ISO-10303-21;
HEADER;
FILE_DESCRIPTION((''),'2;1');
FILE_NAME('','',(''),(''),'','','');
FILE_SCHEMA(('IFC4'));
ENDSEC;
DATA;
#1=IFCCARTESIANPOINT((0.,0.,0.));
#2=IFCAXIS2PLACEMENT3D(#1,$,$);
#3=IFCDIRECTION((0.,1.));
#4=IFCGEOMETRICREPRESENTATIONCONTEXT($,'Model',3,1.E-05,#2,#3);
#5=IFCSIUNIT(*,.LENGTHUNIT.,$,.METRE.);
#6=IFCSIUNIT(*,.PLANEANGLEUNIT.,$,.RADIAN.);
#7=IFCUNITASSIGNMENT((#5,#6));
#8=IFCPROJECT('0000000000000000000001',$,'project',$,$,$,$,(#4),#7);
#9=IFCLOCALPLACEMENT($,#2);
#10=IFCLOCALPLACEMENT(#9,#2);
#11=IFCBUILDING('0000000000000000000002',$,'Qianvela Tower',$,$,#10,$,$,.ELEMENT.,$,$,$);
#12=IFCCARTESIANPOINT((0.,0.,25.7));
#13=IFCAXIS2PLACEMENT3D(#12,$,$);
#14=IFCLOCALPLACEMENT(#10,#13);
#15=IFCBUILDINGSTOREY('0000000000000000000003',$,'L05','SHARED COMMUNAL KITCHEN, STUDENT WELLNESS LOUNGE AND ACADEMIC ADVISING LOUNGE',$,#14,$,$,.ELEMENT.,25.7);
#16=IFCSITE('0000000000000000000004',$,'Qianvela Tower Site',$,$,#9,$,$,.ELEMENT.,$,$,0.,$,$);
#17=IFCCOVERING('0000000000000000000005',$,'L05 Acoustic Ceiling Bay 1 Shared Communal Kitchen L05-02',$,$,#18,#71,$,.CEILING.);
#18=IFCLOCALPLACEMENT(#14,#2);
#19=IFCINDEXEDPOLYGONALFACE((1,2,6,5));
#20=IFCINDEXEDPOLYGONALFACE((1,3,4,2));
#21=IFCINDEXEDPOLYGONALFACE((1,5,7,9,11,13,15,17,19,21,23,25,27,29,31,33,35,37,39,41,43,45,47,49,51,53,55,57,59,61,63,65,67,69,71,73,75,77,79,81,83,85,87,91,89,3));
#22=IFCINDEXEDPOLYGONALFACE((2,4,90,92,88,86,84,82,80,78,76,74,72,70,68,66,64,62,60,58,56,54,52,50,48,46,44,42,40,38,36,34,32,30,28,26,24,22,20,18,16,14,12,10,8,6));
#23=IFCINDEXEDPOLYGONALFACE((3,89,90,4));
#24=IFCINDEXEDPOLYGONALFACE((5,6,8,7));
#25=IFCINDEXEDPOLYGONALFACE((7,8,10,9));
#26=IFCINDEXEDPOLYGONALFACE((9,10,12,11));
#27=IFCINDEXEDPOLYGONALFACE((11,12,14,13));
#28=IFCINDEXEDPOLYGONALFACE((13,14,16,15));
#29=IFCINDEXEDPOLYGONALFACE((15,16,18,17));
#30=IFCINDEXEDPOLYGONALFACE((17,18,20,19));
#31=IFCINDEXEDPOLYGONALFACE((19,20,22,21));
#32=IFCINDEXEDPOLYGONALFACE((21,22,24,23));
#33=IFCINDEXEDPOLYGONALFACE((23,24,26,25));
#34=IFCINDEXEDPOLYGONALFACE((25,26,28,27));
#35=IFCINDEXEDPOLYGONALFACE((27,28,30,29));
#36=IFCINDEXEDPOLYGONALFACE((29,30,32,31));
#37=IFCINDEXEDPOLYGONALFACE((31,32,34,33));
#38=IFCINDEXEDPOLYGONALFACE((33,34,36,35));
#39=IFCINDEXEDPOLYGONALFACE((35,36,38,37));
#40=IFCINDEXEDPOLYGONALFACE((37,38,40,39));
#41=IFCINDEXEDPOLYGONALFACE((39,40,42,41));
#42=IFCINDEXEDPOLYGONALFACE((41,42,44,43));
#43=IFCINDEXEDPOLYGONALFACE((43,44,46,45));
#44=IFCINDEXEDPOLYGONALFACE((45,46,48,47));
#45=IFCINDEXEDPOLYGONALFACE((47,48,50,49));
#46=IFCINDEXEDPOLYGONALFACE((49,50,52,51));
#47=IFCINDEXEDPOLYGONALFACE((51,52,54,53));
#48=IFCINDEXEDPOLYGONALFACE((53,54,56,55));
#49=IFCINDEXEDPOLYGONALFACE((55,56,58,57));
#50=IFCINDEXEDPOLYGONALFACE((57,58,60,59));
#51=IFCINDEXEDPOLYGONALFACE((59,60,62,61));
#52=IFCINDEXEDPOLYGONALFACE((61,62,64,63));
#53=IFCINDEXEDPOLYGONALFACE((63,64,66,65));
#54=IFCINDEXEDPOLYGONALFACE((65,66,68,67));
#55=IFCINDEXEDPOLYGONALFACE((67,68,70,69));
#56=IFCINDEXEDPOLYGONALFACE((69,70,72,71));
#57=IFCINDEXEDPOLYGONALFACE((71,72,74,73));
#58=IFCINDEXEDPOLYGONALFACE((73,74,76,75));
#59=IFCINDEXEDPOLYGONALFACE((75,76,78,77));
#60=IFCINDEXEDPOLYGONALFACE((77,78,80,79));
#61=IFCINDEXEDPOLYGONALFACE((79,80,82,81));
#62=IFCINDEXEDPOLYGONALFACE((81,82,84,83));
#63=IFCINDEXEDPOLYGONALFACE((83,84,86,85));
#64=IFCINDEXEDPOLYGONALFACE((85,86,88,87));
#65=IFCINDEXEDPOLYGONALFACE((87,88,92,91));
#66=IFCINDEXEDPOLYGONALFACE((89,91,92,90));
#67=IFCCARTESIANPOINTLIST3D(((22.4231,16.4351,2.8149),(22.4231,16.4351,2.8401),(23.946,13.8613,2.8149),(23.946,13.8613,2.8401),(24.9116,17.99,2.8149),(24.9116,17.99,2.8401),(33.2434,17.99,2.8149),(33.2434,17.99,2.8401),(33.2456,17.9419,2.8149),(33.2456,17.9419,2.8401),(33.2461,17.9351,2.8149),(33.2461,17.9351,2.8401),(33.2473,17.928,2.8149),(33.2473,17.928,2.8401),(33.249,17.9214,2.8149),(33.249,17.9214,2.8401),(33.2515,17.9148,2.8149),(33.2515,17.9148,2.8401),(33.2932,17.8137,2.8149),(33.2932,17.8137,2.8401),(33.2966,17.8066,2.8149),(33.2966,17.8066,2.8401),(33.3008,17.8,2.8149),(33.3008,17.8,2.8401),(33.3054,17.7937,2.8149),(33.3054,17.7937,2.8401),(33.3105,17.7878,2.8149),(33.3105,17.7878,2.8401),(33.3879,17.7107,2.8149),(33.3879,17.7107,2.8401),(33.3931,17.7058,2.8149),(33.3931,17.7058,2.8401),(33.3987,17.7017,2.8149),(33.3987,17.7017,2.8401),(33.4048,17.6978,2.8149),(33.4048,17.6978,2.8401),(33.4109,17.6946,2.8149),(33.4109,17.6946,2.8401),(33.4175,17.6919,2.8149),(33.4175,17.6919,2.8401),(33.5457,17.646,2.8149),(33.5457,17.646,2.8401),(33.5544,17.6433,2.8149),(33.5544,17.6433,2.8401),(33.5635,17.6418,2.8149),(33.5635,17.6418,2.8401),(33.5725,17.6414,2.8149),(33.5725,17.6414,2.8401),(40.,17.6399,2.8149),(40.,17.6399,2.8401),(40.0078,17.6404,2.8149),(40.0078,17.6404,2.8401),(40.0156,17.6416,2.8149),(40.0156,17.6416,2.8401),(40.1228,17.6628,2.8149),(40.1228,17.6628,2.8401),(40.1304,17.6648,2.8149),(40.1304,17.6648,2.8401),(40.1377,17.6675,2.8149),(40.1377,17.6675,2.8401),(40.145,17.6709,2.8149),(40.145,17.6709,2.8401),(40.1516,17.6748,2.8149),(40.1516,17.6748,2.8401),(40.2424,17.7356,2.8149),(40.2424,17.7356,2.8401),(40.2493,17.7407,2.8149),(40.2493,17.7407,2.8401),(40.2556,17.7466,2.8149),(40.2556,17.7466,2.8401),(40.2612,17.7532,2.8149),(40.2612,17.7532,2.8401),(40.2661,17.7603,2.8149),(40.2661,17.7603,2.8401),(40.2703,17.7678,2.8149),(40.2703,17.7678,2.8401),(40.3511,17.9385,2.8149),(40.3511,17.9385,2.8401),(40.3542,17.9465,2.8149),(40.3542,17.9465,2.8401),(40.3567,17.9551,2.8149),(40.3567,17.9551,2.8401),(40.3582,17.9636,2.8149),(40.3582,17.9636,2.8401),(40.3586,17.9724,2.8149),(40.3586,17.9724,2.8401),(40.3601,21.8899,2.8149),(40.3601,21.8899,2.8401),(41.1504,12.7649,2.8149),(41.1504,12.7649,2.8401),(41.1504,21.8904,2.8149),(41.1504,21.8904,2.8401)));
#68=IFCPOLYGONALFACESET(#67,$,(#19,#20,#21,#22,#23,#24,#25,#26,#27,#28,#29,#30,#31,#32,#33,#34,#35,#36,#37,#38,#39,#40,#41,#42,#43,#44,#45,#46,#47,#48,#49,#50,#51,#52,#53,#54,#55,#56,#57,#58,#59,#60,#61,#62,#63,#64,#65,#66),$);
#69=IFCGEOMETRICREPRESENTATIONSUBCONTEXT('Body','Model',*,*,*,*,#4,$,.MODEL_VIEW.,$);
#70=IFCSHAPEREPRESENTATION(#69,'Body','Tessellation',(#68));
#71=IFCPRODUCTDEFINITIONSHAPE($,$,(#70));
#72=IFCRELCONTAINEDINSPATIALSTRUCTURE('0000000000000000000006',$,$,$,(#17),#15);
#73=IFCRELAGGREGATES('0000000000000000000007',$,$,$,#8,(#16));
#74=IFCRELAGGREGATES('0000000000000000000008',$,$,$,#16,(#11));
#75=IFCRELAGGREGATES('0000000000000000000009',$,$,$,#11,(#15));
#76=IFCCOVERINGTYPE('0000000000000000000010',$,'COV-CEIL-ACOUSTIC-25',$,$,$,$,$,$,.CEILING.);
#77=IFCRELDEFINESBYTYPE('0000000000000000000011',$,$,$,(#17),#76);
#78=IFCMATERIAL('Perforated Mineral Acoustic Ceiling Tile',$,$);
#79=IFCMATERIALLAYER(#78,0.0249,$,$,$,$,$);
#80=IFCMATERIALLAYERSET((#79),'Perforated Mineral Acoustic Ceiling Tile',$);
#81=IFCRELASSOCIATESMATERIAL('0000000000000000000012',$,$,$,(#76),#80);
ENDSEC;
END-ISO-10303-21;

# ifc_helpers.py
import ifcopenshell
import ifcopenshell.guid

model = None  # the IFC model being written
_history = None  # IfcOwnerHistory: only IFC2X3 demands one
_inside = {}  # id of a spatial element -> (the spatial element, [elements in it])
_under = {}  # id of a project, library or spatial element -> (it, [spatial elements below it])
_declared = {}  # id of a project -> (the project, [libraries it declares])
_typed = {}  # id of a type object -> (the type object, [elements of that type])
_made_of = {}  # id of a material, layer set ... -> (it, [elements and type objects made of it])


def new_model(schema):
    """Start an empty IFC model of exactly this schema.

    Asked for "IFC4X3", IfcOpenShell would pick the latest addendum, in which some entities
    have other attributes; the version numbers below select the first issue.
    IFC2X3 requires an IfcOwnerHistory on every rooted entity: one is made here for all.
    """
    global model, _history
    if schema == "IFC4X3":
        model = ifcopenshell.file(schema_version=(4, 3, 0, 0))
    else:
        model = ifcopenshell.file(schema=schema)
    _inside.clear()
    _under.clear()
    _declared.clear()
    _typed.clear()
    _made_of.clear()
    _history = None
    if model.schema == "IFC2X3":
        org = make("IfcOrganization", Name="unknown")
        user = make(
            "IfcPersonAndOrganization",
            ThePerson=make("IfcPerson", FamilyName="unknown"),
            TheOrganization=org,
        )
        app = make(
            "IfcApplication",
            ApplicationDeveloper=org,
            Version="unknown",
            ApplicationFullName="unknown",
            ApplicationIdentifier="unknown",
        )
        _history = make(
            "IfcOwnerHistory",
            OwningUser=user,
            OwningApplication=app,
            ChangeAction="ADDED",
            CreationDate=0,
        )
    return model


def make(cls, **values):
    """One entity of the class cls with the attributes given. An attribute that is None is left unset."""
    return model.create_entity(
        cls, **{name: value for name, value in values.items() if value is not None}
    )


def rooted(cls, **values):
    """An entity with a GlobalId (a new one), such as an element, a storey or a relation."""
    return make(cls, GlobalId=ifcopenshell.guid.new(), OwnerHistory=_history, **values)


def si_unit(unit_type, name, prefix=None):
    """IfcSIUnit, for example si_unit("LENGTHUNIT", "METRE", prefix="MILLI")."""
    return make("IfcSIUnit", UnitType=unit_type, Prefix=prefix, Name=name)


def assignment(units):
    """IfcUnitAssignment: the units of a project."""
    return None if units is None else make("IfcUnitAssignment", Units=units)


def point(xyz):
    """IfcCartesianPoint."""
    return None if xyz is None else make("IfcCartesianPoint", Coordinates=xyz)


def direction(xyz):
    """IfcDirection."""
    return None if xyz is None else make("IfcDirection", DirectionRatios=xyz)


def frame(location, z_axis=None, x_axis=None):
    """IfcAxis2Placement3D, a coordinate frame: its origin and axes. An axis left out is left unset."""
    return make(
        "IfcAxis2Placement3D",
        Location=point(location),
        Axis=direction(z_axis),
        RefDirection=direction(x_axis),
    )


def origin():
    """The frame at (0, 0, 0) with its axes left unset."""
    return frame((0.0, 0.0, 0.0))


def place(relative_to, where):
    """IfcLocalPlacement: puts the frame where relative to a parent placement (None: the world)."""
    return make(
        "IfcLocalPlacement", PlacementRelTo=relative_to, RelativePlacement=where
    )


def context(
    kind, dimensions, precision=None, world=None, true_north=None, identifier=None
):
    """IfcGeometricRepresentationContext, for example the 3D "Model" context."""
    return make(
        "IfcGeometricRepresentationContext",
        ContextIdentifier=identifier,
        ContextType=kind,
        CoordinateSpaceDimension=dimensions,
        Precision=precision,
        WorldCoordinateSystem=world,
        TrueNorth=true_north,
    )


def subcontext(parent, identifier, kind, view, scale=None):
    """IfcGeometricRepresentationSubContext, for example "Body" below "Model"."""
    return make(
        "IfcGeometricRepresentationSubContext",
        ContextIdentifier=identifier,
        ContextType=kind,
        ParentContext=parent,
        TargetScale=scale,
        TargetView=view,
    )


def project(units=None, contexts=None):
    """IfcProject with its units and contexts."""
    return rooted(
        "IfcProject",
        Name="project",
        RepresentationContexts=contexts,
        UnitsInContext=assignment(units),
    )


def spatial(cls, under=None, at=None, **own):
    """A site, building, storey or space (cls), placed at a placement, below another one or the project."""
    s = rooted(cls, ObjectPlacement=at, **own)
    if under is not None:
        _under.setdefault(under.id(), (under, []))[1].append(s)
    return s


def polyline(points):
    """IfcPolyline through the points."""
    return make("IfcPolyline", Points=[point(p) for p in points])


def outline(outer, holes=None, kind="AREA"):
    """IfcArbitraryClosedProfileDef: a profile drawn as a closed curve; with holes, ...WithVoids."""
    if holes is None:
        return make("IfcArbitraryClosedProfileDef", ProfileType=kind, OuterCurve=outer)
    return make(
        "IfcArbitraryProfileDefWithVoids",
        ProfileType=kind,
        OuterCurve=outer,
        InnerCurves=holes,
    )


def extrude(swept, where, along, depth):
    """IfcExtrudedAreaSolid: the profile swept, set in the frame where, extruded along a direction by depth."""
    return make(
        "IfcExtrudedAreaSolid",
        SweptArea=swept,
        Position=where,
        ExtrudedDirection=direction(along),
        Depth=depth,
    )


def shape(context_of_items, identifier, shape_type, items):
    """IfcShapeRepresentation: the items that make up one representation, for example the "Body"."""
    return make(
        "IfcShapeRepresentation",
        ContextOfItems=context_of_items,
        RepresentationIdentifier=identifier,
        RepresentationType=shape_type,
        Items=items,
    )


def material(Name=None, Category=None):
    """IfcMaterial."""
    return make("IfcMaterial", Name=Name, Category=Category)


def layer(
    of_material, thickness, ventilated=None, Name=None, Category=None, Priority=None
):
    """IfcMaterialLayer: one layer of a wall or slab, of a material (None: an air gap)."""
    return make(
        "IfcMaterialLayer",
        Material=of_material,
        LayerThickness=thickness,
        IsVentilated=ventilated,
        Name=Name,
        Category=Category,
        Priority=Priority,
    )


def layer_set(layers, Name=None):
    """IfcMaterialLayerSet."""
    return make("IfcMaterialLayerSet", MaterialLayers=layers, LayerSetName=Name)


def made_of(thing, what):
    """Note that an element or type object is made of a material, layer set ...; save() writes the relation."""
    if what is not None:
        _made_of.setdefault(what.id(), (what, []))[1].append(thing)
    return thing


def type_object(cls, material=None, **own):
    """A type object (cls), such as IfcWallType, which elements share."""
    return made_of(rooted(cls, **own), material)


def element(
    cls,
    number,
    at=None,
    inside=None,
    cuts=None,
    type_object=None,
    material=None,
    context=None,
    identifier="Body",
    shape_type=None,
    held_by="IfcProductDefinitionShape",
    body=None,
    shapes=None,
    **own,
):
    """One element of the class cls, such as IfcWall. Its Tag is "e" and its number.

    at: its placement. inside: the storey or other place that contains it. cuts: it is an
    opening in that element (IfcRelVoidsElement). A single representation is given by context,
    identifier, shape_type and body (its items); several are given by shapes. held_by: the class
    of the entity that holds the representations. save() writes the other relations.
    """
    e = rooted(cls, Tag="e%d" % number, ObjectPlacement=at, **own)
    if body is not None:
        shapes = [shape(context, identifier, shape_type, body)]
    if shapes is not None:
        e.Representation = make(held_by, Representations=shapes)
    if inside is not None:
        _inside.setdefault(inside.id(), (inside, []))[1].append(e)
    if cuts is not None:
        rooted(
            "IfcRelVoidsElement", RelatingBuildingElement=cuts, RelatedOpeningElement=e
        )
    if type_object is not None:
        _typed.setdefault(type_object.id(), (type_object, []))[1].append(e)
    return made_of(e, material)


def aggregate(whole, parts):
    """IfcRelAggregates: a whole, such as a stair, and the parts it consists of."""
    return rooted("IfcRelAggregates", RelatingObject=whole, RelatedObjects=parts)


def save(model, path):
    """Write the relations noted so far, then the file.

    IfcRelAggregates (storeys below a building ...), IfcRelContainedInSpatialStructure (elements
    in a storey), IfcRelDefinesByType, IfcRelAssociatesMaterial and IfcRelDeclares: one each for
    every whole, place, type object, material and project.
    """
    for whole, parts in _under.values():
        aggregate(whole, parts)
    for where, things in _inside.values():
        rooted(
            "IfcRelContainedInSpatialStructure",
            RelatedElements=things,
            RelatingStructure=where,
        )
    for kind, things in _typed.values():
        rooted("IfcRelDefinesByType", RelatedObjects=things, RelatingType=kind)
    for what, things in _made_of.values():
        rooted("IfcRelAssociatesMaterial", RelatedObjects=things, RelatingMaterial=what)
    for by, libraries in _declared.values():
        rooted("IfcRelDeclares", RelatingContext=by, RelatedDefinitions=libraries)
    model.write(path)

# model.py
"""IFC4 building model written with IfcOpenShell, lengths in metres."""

from ifc_helpers import new_model, si_unit, direction, frame, origin, place, context, subcontext, project, spatial, polyline, outline, extrude, material, layer, layer_set, type_object, element, save


model = new_model("IFC4")

# Units and contexts
model_context = context("Model", 3, precision=1e-05, world=origin(), true_north=direction((0.0, 1.0)))
body_context = subcontext(model_context, "Body", "Model", "MODEL_VIEW")
ifc_project = project(units=[si_unit("LENGTHUNIT", "METRE"), si_unit("PLANEANGLEUNIT", "RADIAN")], contexts=[model_context])

# Site, building, storey
site_placement = place(None, origin())
site = spatial("IfcSite", under=ifc_project, at=site_placement, Name="Qianvela Tower Site", CompositionType="ELEMENT", RefElevation=0.0)
building_placement = place(site_placement, origin())
building = spatial("IfcBuilding", under=site, at=building_placement, Name="Qianvela Tower", CompositionType="ELEMENT")
storey_placement = place(building_placement, frame((0.0, 0.0, 25.7)))
storey = spatial("IfcBuildingStorey", under=building, at=storey_placement, Name="L05", Description="SHARED COMMUNAL KITCHEN, STUDENT WELLNESS LOUNGE AND ACADEMIC ADVISING LOUNGE", CompositionType="ELEMENT", Elevation=25.7)

# Covering
ifc_material_1 = material(Name="Perforated Mineral Acoustic Ceiling Tile")
ifc_layer_1 = layer(ifc_material_1, 0.0249)
ifc_layer_set_1 = layer_set([ifc_layer_1], Name="Perforated Mineral Acoustic Ceiling Tile")
covering_type_1 = type_object("IfcCoveringType", Name="COV-CEIL-ACOUSTIC-25", PredefinedType="CEILING", material=ifc_layer_set_1)
covering_1_placement = place(storey_placement, frame((0.0, 0.0, 2.8149)))
element("IfcCovering", 1, at=covering_1_placement, inside=storey, type_object=covering_type_1, Name="L05 Acoustic Ceiling Bay 1 Shared Communal Kitchen L05-02", PredefinedType="CEILING", context=body_context, shape_type="SweptSolid", body=[
    extrude(outline(polyline([(40.1304, 17.6648), (40.1377, 17.6675), (40.145, 17.6709), (40.1516, 17.6748), (40.2424, 17.7356), (40.2493, 17.7407), (40.2556, 17.7466), (40.2612, 17.7532), (40.2661, 17.7603), (40.2703, 17.7678), (40.3511, 17.9385), (40.3542, 17.9465), (40.3567, 17.9551), (40.3582, 17.9636), (40.3586, 17.9724), (40.3601, 21.8899), (41.1504, 21.8904), (41.1504, 12.7649), (23.946, 13.8613), (22.4231, 16.4351), (24.9116, 17.99), (33.2434, 17.99), (33.2456, 17.9419), (33.2461, 17.9351), (33.2473, 17.928), (33.249, 17.9214), (33.2515, 17.9148), (33.2932, 17.8137), (33.2966, 17.8066), (33.3008, 17.8), (33.3054, 17.7937), (33.3105, 17.7878), (33.3879, 17.7107), (33.3931, 17.7058), (33.3987, 17.7017), (33.4048, 17.6978), (33.4109, 17.6946), (33.4175, 17.6919), (33.5457, 17.646), (33.5544, 17.6433), (33.5635, 17.6418), (33.5725, 17.6414), (40.0, 17.6399), (40.0078, 17.6404), (40.0156, 17.6416), (40.1228, 17.6628), (40.1304, 17.6648)])), origin(), (0.0, 0.0, 1.0), 0.0251),
])

save(model, "model.ifc")
